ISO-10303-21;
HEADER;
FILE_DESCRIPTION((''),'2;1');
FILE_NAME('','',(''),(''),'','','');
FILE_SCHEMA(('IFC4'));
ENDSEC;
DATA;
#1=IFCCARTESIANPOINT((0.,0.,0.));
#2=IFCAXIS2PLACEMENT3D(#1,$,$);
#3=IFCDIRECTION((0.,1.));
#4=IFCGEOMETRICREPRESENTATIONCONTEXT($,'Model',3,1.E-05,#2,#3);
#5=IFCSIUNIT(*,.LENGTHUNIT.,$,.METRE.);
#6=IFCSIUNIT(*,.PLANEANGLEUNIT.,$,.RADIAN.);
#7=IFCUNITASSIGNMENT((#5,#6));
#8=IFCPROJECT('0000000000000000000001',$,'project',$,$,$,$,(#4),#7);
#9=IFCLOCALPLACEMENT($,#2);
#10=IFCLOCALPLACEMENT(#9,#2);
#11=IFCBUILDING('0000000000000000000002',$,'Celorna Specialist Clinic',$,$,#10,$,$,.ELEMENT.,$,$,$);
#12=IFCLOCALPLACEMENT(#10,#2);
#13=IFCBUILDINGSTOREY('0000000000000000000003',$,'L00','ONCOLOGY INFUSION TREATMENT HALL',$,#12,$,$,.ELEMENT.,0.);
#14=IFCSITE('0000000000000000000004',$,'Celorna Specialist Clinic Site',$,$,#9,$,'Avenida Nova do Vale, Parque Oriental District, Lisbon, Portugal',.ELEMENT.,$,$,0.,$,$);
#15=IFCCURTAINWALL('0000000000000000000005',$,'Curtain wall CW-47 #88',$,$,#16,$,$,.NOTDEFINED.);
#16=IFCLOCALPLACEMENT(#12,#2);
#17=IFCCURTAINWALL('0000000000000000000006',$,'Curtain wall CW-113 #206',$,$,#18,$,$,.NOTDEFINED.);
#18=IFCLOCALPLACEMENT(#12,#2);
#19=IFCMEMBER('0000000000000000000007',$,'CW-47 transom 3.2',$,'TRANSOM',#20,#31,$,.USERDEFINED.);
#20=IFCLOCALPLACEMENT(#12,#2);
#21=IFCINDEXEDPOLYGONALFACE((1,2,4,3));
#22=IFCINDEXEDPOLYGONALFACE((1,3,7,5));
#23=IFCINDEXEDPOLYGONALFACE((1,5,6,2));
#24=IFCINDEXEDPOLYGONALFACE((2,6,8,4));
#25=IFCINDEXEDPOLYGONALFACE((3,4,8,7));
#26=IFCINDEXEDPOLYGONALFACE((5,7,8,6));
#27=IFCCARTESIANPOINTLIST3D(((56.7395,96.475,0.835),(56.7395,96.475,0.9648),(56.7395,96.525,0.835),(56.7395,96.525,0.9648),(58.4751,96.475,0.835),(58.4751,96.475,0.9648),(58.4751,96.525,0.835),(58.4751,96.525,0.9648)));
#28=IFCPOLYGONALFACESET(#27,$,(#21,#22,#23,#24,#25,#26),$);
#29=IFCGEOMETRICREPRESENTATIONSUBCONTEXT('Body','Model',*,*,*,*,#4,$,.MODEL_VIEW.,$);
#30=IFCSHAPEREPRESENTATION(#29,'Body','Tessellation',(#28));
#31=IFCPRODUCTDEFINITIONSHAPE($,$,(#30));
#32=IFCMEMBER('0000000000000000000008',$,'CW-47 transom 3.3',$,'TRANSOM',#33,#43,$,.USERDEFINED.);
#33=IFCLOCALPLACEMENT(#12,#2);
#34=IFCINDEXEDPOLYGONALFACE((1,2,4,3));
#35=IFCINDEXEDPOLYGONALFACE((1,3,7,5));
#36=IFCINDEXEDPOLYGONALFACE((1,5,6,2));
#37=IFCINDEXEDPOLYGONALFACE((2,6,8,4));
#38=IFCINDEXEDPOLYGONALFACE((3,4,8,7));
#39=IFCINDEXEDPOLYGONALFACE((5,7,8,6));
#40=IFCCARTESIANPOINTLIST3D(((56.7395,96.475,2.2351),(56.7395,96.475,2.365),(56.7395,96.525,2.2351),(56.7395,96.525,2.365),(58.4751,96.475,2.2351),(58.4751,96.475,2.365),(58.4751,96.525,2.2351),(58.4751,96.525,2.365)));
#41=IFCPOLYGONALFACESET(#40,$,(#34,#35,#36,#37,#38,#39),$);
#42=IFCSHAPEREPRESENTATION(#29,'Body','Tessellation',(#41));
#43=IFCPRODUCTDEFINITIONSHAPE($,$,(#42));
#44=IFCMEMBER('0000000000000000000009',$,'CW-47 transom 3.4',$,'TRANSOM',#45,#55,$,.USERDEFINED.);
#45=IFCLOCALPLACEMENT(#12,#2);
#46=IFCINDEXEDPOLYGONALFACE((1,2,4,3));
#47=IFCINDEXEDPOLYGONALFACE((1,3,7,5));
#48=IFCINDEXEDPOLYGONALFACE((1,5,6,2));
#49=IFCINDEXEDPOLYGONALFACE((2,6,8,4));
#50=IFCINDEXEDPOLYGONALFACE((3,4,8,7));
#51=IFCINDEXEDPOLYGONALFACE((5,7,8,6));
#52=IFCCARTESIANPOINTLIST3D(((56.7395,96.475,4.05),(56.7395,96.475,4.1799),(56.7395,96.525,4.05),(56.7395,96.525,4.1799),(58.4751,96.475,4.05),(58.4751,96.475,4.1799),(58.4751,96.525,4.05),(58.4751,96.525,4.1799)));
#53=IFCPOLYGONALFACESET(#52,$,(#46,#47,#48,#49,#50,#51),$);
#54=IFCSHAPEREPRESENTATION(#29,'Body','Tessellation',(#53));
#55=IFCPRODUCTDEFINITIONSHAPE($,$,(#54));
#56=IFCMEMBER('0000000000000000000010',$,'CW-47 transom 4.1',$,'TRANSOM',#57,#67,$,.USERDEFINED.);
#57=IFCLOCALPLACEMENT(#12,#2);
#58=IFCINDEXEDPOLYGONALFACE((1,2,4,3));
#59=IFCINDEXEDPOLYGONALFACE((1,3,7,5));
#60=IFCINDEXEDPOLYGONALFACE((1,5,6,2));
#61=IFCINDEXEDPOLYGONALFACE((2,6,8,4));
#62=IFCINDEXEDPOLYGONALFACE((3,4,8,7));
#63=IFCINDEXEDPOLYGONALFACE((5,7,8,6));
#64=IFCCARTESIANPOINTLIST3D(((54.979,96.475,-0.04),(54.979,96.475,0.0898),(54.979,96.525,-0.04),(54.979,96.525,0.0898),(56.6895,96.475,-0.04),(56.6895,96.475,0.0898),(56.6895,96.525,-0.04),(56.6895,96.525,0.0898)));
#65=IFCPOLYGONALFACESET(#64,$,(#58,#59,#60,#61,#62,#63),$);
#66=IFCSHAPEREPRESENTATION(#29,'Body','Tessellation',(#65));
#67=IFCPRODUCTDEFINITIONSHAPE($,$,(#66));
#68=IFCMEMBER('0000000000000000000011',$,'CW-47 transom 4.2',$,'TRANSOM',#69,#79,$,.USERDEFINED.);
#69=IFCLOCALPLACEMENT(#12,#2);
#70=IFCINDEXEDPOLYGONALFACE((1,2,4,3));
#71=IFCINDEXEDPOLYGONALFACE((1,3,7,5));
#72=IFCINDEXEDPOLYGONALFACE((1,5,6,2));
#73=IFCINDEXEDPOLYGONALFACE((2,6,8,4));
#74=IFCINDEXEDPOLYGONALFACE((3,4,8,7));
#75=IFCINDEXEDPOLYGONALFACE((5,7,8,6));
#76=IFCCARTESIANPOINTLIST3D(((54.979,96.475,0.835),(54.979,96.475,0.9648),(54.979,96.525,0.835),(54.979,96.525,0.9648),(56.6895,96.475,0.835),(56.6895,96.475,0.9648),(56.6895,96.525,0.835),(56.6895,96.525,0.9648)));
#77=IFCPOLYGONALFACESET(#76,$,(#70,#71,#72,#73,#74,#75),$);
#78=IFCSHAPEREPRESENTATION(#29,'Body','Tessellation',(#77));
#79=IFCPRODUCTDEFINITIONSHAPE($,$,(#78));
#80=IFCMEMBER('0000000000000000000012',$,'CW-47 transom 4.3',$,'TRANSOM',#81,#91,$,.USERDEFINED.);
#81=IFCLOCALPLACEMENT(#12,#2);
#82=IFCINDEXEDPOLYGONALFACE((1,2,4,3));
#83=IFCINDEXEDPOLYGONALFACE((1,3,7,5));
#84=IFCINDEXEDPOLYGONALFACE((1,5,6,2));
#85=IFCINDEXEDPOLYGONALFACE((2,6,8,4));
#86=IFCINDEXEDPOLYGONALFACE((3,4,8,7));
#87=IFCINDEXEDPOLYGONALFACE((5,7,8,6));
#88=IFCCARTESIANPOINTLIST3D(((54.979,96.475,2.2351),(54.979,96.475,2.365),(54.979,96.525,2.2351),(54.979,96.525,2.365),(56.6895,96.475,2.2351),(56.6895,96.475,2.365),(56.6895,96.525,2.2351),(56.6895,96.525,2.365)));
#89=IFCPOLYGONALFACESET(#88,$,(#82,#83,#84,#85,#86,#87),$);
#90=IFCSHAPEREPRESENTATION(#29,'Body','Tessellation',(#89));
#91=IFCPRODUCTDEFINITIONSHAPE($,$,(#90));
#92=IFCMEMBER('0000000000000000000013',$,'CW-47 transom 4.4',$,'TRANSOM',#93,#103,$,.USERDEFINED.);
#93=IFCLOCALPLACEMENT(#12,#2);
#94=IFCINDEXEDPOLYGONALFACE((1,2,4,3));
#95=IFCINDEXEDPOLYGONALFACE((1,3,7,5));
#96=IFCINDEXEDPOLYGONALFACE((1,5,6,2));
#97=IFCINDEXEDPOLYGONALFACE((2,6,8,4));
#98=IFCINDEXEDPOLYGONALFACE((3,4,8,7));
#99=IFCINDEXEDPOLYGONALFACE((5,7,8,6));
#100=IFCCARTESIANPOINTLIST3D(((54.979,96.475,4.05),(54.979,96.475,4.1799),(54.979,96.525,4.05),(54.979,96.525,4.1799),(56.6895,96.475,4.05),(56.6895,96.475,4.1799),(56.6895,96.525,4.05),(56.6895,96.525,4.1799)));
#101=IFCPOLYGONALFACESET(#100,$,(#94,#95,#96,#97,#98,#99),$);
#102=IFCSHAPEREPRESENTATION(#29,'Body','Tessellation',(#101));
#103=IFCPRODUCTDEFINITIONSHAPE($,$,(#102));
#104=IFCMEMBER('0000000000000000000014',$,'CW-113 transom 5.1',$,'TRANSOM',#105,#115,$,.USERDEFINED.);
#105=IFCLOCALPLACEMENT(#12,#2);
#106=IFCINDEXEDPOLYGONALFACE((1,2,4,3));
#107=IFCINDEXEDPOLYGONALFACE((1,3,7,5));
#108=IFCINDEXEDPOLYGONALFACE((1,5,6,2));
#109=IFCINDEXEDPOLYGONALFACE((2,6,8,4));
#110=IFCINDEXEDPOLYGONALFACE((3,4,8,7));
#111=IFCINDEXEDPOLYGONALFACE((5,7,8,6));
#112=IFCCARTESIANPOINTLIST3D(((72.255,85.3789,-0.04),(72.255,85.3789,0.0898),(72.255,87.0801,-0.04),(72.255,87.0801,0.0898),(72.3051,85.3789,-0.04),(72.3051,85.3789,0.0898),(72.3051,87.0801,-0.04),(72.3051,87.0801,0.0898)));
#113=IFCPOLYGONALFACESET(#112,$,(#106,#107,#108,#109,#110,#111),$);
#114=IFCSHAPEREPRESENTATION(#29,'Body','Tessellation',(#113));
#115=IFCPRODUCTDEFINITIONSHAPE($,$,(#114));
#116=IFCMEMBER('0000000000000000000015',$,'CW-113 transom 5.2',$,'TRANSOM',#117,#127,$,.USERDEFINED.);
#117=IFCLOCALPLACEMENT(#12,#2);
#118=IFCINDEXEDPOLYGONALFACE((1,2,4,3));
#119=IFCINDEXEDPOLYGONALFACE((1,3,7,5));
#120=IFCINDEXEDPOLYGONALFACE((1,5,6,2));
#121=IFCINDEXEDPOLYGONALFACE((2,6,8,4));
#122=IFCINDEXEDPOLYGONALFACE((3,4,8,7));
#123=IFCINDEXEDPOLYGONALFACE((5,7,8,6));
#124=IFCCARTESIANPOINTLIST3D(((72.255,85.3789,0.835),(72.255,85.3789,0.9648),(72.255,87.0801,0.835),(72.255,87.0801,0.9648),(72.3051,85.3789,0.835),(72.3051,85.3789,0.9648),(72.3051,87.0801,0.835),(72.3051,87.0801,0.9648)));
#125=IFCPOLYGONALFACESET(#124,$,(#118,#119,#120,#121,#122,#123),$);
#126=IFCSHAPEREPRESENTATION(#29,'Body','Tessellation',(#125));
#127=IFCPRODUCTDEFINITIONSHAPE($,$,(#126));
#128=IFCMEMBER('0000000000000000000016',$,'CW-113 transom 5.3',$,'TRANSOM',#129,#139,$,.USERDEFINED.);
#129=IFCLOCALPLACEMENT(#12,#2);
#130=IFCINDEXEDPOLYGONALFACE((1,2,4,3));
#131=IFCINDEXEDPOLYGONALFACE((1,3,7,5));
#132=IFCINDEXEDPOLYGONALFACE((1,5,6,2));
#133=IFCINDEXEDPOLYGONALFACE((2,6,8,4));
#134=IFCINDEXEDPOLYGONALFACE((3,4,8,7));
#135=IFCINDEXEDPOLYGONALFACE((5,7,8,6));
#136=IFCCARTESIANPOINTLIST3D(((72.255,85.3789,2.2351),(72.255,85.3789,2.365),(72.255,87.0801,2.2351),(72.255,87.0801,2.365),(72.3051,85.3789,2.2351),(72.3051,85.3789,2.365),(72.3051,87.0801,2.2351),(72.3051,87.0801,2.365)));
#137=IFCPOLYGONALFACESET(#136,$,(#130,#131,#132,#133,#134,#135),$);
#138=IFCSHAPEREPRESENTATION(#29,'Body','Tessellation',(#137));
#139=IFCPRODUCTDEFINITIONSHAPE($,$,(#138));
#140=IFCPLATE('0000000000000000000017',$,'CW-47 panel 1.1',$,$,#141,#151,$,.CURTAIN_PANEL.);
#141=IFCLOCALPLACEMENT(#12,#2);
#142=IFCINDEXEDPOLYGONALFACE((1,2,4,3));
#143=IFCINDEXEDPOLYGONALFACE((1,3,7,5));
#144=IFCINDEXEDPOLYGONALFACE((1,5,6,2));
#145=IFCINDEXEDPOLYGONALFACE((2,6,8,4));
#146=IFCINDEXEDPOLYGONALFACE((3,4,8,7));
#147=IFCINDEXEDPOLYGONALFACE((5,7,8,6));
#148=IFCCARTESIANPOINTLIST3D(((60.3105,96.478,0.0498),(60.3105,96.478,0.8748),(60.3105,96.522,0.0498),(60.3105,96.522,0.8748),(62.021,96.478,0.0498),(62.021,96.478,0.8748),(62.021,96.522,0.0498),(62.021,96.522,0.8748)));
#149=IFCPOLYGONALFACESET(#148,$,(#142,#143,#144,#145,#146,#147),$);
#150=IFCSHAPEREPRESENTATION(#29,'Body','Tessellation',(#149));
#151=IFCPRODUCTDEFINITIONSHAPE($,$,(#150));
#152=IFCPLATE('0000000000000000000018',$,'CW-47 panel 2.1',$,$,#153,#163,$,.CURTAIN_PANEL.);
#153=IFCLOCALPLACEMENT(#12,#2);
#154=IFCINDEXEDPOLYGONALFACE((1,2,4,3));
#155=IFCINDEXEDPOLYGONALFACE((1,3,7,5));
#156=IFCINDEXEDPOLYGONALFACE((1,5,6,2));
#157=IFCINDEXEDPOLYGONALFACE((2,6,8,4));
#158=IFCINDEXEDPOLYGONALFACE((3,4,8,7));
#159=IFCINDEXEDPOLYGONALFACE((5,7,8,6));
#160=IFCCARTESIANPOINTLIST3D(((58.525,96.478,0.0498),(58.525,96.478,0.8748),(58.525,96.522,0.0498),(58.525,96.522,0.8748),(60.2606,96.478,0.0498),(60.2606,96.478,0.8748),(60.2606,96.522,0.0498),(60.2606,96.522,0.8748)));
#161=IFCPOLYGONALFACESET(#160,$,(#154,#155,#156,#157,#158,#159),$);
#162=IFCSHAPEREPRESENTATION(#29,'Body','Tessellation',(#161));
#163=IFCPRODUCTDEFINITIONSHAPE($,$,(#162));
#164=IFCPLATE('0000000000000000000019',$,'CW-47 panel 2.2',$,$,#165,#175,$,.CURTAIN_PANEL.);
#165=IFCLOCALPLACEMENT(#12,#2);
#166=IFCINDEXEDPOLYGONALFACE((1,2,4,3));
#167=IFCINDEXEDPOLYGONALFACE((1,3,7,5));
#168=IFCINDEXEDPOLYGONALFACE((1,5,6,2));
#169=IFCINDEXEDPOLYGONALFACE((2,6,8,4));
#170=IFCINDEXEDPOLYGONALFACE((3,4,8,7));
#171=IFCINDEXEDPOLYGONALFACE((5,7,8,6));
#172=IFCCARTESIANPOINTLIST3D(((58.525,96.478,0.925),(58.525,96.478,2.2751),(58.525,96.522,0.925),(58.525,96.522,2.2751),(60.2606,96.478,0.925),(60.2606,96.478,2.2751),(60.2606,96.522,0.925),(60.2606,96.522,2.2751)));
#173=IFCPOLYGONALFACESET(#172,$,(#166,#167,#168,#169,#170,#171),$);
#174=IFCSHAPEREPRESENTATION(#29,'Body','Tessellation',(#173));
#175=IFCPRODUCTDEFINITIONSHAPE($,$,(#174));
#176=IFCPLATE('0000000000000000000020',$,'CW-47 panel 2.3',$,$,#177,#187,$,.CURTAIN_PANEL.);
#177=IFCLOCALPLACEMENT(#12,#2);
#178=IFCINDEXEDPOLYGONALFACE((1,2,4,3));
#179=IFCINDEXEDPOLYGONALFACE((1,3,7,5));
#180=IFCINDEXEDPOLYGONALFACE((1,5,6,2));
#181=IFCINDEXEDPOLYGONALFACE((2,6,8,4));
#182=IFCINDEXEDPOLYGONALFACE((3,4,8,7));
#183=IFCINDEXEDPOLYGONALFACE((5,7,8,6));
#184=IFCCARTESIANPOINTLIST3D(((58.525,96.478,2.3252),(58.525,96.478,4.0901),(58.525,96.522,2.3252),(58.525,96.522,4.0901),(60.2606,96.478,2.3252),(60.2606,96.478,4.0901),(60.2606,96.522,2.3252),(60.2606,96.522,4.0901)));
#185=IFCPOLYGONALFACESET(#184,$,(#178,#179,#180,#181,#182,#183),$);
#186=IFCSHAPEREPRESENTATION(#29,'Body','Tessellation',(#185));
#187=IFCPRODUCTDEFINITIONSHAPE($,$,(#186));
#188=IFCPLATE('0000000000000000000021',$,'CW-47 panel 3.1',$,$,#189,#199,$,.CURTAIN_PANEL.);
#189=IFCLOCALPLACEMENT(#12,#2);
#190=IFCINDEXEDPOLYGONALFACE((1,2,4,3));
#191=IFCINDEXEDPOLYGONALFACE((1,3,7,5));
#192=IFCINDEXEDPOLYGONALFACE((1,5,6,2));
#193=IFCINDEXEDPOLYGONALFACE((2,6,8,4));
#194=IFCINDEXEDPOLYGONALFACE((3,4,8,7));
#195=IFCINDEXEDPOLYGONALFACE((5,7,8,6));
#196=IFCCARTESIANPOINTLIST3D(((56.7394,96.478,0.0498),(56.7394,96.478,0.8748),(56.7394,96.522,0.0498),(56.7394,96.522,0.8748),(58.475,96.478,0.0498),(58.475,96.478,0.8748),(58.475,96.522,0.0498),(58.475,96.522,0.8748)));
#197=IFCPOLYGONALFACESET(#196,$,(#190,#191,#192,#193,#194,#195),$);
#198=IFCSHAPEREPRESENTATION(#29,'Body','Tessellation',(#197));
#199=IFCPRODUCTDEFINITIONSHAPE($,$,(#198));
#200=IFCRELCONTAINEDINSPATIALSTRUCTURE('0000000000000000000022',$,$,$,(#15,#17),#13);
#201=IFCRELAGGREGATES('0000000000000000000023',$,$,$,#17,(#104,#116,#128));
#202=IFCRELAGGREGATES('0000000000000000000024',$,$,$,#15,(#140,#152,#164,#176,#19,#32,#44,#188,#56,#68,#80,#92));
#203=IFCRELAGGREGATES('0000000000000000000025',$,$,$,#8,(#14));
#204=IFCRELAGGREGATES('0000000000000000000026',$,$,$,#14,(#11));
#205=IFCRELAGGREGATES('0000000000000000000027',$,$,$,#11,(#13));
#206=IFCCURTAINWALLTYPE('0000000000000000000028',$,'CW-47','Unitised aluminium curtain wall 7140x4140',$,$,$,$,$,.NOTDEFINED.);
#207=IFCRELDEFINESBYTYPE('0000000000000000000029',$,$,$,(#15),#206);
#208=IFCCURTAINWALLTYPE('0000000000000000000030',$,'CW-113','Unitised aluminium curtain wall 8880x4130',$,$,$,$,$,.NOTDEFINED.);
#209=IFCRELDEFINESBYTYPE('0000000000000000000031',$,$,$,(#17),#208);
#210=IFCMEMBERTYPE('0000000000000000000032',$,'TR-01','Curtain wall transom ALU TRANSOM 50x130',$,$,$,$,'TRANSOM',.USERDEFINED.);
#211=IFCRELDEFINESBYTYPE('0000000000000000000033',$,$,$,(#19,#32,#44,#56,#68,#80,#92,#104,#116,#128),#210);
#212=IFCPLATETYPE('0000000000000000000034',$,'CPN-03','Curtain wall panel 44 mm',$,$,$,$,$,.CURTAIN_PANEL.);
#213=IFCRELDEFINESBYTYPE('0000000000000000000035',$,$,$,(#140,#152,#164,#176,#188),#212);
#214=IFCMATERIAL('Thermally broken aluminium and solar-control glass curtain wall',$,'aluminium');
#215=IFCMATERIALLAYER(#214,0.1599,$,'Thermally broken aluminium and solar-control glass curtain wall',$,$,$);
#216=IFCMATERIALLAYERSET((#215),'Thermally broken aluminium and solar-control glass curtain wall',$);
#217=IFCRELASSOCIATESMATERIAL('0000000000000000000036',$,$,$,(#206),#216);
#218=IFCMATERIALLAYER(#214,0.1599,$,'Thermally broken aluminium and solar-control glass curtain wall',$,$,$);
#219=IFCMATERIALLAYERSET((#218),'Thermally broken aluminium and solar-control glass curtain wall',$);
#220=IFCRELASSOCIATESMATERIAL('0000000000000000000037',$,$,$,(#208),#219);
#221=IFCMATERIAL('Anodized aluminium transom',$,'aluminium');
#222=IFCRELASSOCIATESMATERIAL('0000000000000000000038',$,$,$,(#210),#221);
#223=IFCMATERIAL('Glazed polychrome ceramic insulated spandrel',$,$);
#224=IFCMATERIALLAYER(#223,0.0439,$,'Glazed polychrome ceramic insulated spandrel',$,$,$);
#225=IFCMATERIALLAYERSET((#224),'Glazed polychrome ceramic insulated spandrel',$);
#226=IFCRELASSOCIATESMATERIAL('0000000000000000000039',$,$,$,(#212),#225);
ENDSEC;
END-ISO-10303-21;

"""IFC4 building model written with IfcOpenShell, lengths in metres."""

from ifc_helpers import new_model, si_unit, direction, frame, origin, origin_2d, place, context, subcontext, project, spatial, rectangle, extrude, material, layer, layer_set, material_profile, profile_set, type_object, element, aggregate, save


model = new_model("IFC4")

# Units and contexts
model_context = context("Model", 3, precision=1e-05, world=origin(), true_north=direction((0.0, 1.0)))
body_context = subcontext(model_context, "Body", "Model", "MODEL_VIEW")
ifc_project = project(units=[si_unit("LENGTHUNIT", "METRE"), si_unit("PLANEANGLEUNIT", "RADIAN")], contexts=[model_context])

# Site, building, storey
site_placement = place(None, origin())
site = spatial("IfcSite", under=ifc_project, at=site_placement, Name="Celorna Specialist Clinic Site", LongName="Avenida Nova do Vale, Parque Oriental District, Lisbon, Portugal", CompositionType="ELEMENT", RefElevation=0.0)
building_placement = place(site_placement, origin())
building = spatial("IfcBuilding", under=site, at=building_placement, Name="Celorna Specialist Clinic", CompositionType="ELEMENT")
storey_placement = place(building_placement, origin())
storey = spatial("IfcBuildingStorey", under=building, at=storey_placement, Name="L00", Description="ONCOLOGY INFUSION TREATMENT HALL", CompositionType="ELEMENT", Elevation=0.0)

# Curtain wall
ifc_material_1 = material(Name="Thermally broken aluminium and solar-control glass curtain wall", Category="aluminium")
ifc_layer_1 = layer(ifc_material_1, 0.1599, Name="Thermally broken aluminium and solar-control glass curtain wall")
ifc_layer_set_1 = layer_set([ifc_layer_1], Name="Thermally broken aluminium and solar-control glass curtain wall")
curtain_wall_type_1 = type_object("IfcCurtainWallType", Name="CW-47", Description="Unitised aluminium curtain wall 7140x4140", PredefinedType="NOTDEFINED", material=ifc_layer_set_1)
curtain_wall_1_placement = place(storey_placement, origin())
curtain_wall_1 = element("IfcCurtainWall", 1, at=curtain_wall_1_placement, inside=storey, type_object=curtain_wall_type_1, Name="Curtain wall CW-47 #88", PredefinedType="NOTDEFINED")

# Curtain wall
ifc_layer_2 = layer(ifc_material_1, 0.1599, Name="Thermally broken aluminium and solar-control glass curtain wall")
ifc_layer_set_2 = layer_set([ifc_layer_2], Name="Thermally broken aluminium and solar-control glass curtain wall")
curtain_wall_type_2 = type_object("IfcCurtainWallType", Name="CW-113", Description="Unitised aluminium curtain wall 8880x4130", PredefinedType="NOTDEFINED", material=ifc_layer_set_2)
curtain_wall_2_placement = place(storey_placement, origin())
curtain_wall_2 = element("IfcCurtainWall", 2, at=curtain_wall_2_placement, inside=storey, type_object=curtain_wall_type_2, Name="Curtain wall CW-113 #206", PredefinedType="NOTDEFINED")

# Members
ifc_material_2 = material(Name="Anodized aluminium transom", Category="aluminium")
ifc_material_profile_1 = material_profile(ifc_material_2, rectangle(XDim=0.05, YDim=0.1299, at=origin_2d()), Name="ALU TRANSOM 50x130")
ifc_profile_set_1 = profile_set([ifc_material_profile_1], Name="Anodized aluminium transom")
member_type_1 = type_object("IfcMemberType", Name="TR-01", Description="Curtain wall transom ALU TRANSOM 50x130", ElementType="TRANSOM", PredefinedType="USERDEFINED", material=ifc_profile_set_1)
member_1_placement = place(storey_placement, frame((58.4751, 96.5, 0.8999), z_axis=(-1.0, 0.0, 0.0), x_axis=(0.0, -1.0, 0.0)))
member_1 = element("IfcMember", 3, at=member_1_placement, type_object=member_type_1, Name="CW-47 transom 3.2", ObjectType="TRANSOM", PredefinedType="USERDEFINED", context=body_context, shape_type="SweptSolid", body=[
    extrude(rectangle(XDim=0.05, YDim=0.1299, at=origin_2d()), origin(), (0.0, 0.0, 1.0), 1.7356),
])
member_2_placement = place(storey_placement, frame((58.4751, 96.5, 2.3), z_axis=(-1.0, 0.0, 0.0), x_axis=(0.0, -1.0, 0.0)))
member_2 = element("IfcMember", 4, at=member_2_placement, type_object=member_type_1, Name="CW-47 transom 3.3", ObjectType="TRANSOM", PredefinedType="USERDEFINED", context=body_context, shape_type="SweptSolid", body=[
    extrude(rectangle(XDim=0.05, YDim=0.1299, at=origin_2d()), origin(), (0.0, 0.0, 1.0), 1.7356),
])
member_3_placement = place(storey_placement, frame((58.4751, 96.5, 4.115), z_axis=(-1.0, 0.0, 0.0), x_axis=(0.0, -1.0, 0.0)))
member_3 = element("IfcMember", 5, at=member_3_placement, type_object=member_type_1, Name="CW-47 transom 3.4", ObjectType="TRANSOM", PredefinedType="USERDEFINED", context=body_context, shape_type="SweptSolid", body=[
    extrude(rectangle(XDim=0.05, YDim=0.1299, at=origin_2d()), origin(), (0.0, 0.0, 1.0), 1.7356),
])
member_4_placement = place(storey_placement, frame((56.6895, 96.5, 0.0249), z_axis=(-1.0, 0.0, 0.0), x_axis=(0.0, -1.0, 0.0)))
member_4 = element("IfcMember", 6, at=member_4_placement, type_object=member_type_1, Name="CW-47 transom 4.1", ObjectType="TRANSOM", PredefinedType="USERDEFINED", context=body_context, shape_type="SweptSolid", body=[
    extrude(rectangle(XDim=0.05, YDim=0.1299, at=origin_2d()), origin(), (0.0, 0.0, 1.0), 1.7104),
])
member_5_placement = place(storey_placement, frame((56.6895, 96.5, 0.8999), z_axis=(-1.0, 0.0, 0.0), x_axis=(0.0, -1.0, 0.0)))
member_5 = element("IfcMember", 7, at=member_5_placement, type_object=member_type_1, Name="CW-47 transom 4.2", ObjectType="TRANSOM", PredefinedType="USERDEFINED", context=body_context, shape_type="SweptSolid", body=[
    extrude(rectangle(XDim=0.05, YDim=0.1299, at=origin_2d()), origin(), (0.0, 0.0, 1.0), 1.7104),
])
member_6_placement = place(storey_placement, frame((56.6895, 96.5, 2.3), z_axis=(-1.0, 0.0, 0.0), x_axis=(0.0, -1.0, 0.0)))
member_6 = element("IfcMember", 8, at=member_6_placement, type_object=member_type_1, Name="CW-47 transom 4.3", ObjectType="TRANSOM", PredefinedType="USERDEFINED", context=body_context, shape_type="SweptSolid", body=[
    extrude(rectangle(XDim=0.05, YDim=0.1299, at=origin_2d()), origin(), (0.0, 0.0, 1.0), 1.7104),
])
member_7_placement = place(storey_placement, frame((56.6895, 96.5, 4.115), z_axis=(-1.0, 0.0, 0.0), x_axis=(0.0, -1.0, 0.0)))
member_7 = element("IfcMember", 9, at=member_7_placement, type_object=member_type_1, Name="CW-47 transom 4.4", ObjectType="TRANSOM", PredefinedType="USERDEFINED", context=body_context, shape_type="SweptSolid", body=[
    extrude(rectangle(XDim=0.05, YDim=0.1299, at=origin_2d()), origin(), (0.0, 0.0, 1.0), 1.7104),
])
member_8_placement = place(storey_placement, frame((72.28, 85.3789, 0.0249), z_axis=(0.0, 1.0, 0.0), x_axis=(-1.0, 0.0, 0.0)))
member_8 = element("IfcMember", 10, at=member_8_placement, type_object=member_type_1, Name="CW-113 transom 5.1", ObjectType="TRANSOM", PredefinedType="USERDEFINED", context=body_context, shape_type="SweptSolid", body=[
    extrude(rectangle(XDim=0.05, YDim=0.1299, at=origin_2d()), origin(), (0.0, 0.0, 1.0), 1.7012),
])
member_9_placement = place(storey_placement, frame((72.28, 85.3789, 0.8999), z_axis=(0.0, 1.0, 0.0), x_axis=(-1.0, 0.0, 0.0)))
member_9 = element("IfcMember", 11, at=member_9_placement, type_object=member_type_1, Name="CW-113 transom 5.2", ObjectType="TRANSOM", PredefinedType="USERDEFINED", context=body_context, shape_type="SweptSolid", body=[
    extrude(rectangle(XDim=0.05, YDim=0.1299, at=origin_2d()), origin(), (0.0, 0.0, 1.0), 1.7012),
])
member_10_placement = place(storey_placement, frame((72.28, 85.3789, 2.3), z_axis=(0.0, 1.0, 0.0), x_axis=(-1.0, 0.0, 0.0)))
member_10 = element("IfcMember", 12, at=member_10_placement, type_object=member_type_1, Name="CW-113 transom 5.3", ObjectType="TRANSOM", PredefinedType="USERDEFINED", context=body_context, shape_type="SweptSolid", body=[
    extrude(rectangle(XDim=0.05, YDim=0.1299, at=origin_2d()), origin(), (0.0, 0.0, 1.0), 1.7012),
])
aggregate(curtain_wall_2, [member_8, member_9, member_10])

# Plates
ifc_material_3 = material(Name="Glazed polychrome ceramic insulated spandrel")
ifc_layer_3 = layer(ifc_material_3, 0.0439, Name="Glazed polychrome ceramic insulated spandrel")
ifc_layer_set_3 = layer_set([ifc_layer_3], Name="Glazed polychrome ceramic insulated spandrel")
plate_type = type_object("IfcPlateType", Name="CPN-03", Description="Curtain wall panel 44 mm", PredefinedType="CURTAIN_PANEL", material=ifc_layer_set_3)
plate_1_placement = place(storey_placement, frame((61.1658, 96.5, 0.0498), z_axis=(0.0, 0.0, 1.0), x_axis=(-1.0, 0.0, 0.0)))
plate_1 = element("IfcPlate", 13, at=plate_1_placement, type_object=plate_type, Name="CW-47 panel 1.1", PredefinedType="CURTAIN_PANEL", context=body_context, shape_type="SweptSolid", body=[
    extrude(rectangle(XDim=1.7104, YDim=0.0439, at=origin_2d()), origin(), (0.0, 0.0, 1.0), 0.825),
])
plate_2_placement = place(storey_placement, frame((59.3928, 96.5, 0.0498), z_axis=(0.0, 0.0, 1.0), x_axis=(-1.0, 0.0, 0.0)))
plate_2 = element("IfcPlate", 14, at=plate_2_placement, type_object=plate_type, Name="CW-47 panel 2.1", PredefinedType="CURTAIN_PANEL", context=body_context, shape_type="SweptSolid", body=[
    extrude(rectangle(XDim=1.7356, YDim=0.0439, at=origin_2d()), origin(), (0.0, 0.0, 1.0), 0.825),
])
plate_3_placement = place(storey_placement, frame((59.3928, 96.5, 0.925), z_axis=(0.0, 0.0, 1.0), x_axis=(-1.0, 0.0, 0.0)))
plate_3 = element("IfcPlate", 15, at=plate_3_placement, type_object=plate_type, Name="CW-47 panel 2.2", PredefinedType="CURTAIN_PANEL", context=body_context, shape_type="SweptSolid", body=[
    extrude(rectangle(XDim=1.7356, YDim=0.0439, at=origin_2d()), origin(), (0.0, 0.0, 1.0), 1.3501),
])
plate_4_placement = place(storey_placement, frame((59.3928, 96.5, 2.3252), z_axis=(0.0, 0.0, 1.0), x_axis=(-1.0, 0.0, 0.0)))
plate_4 = element("IfcPlate", 16, at=plate_4_placement, type_object=plate_type, Name="CW-47 panel 2.3", PredefinedType="CURTAIN_PANEL", context=body_context, shape_type="SweptSolid", body=[
    extrude(rectangle(XDim=1.7356, YDim=0.0439, at=origin_2d()), origin(), (0.0, 0.0, 1.0), 1.7649),
])
plate_5_placement = place(storey_placement, frame((57.6072, 96.5, 0.0498), z_axis=(0.0, 0.0, 1.0), x_axis=(-1.0, 0.0, 0.0)))
plate_5 = element("IfcPlate", 17, at=plate_5_placement, type_object=plate_type, Name="CW-47 panel 3.1", PredefinedType="CURTAIN_PANEL", context=body_context, shape_type="SweptSolid", body=[
    extrude(rectangle(XDim=1.7356, YDim=0.0439, at=origin_2d()), origin(), (0.0, 0.0, 1.0), 0.825),
])
aggregate(curtain_wall_1, [plate_1, plate_2, plate_3, plate_4, member_1, member_2, member_3, plate_5, member_4, member_5, member_6, member_7])

save(model, "model.ifc")
